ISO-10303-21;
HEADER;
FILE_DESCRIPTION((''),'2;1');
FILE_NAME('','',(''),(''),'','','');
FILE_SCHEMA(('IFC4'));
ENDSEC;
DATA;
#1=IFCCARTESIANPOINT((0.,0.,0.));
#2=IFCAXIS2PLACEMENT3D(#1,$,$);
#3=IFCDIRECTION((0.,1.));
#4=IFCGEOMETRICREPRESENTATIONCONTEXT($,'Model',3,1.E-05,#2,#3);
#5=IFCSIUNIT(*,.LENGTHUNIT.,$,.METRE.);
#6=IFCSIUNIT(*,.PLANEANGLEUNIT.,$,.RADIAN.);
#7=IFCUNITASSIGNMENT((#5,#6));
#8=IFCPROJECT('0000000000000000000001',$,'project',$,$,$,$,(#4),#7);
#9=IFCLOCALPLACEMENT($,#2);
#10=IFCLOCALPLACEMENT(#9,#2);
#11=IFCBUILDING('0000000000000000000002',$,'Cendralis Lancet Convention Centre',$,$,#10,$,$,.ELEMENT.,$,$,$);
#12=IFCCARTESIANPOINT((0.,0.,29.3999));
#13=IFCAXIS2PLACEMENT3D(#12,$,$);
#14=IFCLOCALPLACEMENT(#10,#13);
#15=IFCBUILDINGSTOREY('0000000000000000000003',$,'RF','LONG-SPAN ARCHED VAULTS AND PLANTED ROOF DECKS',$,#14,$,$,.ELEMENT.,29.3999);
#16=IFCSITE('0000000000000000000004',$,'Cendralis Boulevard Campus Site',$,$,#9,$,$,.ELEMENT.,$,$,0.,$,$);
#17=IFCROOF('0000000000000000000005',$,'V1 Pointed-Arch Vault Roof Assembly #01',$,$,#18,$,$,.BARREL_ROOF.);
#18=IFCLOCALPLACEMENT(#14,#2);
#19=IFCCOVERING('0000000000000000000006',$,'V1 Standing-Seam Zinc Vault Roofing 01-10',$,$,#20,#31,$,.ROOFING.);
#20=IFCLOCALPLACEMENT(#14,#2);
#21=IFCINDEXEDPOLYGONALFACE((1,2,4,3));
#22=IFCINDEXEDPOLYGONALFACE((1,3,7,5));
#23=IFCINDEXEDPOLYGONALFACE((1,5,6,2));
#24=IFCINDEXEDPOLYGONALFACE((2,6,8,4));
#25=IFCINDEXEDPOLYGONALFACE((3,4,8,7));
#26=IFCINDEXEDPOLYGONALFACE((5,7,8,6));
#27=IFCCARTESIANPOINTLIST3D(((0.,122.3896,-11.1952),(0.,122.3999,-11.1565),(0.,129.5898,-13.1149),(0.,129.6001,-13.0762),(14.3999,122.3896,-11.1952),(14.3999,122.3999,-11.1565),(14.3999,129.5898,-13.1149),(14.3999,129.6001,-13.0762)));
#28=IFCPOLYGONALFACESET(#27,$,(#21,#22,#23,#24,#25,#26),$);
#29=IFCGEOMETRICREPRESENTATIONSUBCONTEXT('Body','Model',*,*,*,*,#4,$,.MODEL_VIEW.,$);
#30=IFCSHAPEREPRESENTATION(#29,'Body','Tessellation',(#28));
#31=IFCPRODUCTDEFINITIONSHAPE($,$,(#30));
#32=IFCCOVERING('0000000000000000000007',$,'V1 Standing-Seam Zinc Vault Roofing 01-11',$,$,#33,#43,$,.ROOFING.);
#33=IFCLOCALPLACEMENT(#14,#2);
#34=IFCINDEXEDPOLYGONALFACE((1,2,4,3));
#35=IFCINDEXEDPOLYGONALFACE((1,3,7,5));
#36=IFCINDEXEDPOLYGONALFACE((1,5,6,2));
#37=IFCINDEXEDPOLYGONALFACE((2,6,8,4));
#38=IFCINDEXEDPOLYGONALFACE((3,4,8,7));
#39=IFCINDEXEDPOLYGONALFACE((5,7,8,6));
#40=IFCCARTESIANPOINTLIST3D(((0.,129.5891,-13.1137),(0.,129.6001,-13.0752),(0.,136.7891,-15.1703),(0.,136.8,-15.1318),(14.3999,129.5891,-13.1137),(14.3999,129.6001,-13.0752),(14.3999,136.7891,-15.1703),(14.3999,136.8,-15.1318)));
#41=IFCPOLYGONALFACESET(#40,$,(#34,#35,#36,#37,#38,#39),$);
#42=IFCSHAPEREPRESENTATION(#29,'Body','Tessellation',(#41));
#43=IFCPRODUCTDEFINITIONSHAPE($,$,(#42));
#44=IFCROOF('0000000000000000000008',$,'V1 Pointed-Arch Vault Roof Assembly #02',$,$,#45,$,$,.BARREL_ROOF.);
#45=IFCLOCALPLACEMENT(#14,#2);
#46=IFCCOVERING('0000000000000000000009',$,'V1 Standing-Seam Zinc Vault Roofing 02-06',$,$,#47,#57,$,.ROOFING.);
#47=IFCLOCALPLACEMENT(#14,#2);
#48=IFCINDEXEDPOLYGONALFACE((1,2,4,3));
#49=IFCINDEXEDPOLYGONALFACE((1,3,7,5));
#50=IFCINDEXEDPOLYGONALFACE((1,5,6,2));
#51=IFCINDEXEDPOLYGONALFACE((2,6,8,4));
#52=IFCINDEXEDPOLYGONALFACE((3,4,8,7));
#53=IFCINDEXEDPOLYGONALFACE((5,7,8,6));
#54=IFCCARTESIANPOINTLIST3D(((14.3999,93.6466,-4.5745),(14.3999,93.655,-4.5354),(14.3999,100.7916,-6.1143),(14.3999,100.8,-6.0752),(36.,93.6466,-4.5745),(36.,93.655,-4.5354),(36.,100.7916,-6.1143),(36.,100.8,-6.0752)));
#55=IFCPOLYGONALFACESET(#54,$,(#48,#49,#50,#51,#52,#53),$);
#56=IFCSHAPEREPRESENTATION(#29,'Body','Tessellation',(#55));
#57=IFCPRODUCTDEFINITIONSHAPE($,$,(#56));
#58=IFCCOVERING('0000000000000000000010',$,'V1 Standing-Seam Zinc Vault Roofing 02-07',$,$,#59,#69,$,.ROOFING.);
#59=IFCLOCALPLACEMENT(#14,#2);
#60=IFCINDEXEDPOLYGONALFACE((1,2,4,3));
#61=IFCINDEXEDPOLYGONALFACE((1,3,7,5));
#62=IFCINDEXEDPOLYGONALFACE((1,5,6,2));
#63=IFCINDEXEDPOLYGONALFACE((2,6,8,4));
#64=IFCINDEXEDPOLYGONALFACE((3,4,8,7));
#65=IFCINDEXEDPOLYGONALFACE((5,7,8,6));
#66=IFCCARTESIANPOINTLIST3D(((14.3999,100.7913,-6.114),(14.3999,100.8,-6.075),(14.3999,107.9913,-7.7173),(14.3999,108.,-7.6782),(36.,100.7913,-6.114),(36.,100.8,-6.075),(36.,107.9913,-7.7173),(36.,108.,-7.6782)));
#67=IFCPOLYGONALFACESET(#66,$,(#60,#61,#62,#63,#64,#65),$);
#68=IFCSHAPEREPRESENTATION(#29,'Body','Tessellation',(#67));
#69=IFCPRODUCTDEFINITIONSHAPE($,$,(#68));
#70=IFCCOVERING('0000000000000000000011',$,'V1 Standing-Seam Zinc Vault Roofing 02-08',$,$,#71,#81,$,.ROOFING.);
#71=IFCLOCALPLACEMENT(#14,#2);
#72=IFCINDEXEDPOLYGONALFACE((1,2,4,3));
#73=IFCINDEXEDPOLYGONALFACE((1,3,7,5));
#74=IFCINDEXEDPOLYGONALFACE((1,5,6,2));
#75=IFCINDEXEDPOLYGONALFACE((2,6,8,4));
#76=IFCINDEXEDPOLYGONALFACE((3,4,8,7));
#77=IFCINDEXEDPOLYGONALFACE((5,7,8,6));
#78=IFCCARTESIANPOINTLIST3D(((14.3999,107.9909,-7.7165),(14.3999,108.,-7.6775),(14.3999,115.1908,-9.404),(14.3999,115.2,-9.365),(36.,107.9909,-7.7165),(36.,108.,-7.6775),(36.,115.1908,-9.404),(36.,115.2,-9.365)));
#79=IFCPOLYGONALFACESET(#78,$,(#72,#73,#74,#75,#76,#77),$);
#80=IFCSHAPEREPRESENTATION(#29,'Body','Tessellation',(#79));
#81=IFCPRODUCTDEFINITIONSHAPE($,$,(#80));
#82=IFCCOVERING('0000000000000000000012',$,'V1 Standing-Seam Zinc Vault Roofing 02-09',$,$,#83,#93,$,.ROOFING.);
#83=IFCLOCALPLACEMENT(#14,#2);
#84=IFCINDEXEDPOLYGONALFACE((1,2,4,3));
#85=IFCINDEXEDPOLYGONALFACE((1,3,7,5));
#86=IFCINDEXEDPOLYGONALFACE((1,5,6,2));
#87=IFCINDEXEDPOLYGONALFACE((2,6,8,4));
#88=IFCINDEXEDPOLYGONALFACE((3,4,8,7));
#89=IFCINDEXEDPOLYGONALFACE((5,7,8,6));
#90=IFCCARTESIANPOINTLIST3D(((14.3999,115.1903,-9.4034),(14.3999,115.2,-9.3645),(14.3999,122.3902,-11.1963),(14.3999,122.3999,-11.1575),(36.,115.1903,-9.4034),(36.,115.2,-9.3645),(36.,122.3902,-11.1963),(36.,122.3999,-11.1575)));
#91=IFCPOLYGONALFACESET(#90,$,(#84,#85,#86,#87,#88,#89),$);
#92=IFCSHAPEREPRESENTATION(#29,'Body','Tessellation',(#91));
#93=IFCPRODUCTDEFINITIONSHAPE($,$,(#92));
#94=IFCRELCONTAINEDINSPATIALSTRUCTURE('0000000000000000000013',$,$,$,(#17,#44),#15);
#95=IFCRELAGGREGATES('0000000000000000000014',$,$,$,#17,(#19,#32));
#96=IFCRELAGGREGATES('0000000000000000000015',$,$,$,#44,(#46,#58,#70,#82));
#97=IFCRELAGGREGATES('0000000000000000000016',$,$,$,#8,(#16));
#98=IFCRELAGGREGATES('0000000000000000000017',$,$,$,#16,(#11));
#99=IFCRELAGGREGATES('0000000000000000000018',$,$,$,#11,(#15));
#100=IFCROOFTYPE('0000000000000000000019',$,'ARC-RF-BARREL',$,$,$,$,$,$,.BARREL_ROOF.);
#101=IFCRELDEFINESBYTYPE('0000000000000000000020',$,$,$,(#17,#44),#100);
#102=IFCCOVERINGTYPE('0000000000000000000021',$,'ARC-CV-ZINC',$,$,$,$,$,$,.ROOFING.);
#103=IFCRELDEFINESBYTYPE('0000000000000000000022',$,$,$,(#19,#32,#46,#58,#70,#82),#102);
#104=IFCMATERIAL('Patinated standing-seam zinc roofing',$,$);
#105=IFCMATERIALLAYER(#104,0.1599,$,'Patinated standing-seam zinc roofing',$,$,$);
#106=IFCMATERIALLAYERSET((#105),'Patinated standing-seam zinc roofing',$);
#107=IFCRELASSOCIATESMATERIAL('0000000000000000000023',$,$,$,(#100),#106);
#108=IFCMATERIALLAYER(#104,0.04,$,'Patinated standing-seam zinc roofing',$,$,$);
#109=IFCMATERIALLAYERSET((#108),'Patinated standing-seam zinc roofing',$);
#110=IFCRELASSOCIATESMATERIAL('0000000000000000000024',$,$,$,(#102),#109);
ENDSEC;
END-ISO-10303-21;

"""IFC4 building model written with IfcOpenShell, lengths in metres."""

from ifc_helpers import new_model, si_unit, direction, frame, origin, place, context, subcontext, project, spatial, polyline, outline, extrude, material, layer, layer_set, type_object, element, aggregate, save


model = new_model("IFC4")

# Units and contexts
model_context = context("Model", 3, precision=1e-05, world=origin(), true_north=direction((0.0, 1.0)))
body_context = subcontext(model_context, "Body", "Model", "MODEL_VIEW")
ifc_project = project(units=[si_unit("LENGTHUNIT", "METRE"), si_unit("PLANEANGLEUNIT", "RADIAN")], contexts=[model_context])

# Site, building, storey
site_placement = place(None, origin())
site = spatial("IfcSite", under=ifc_project, at=site_placement, Name="Cendralis Boulevard Campus Site", CompositionType="ELEMENT", RefElevation=0.0)
building_placement = place(site_placement, origin())
building = spatial("IfcBuilding", under=site, at=building_placement, Name="Cendralis Lancet Convention Centre", CompositionType="ELEMENT")
storey_placement = place(building_placement, frame((0.0, 0.0, 29.3999)))
storey = spatial("IfcBuildingStorey", under=building, at=storey_placement, Name="RF", Description="LONG-SPAN ARCHED VAULTS AND PLANTED ROOF DECKS", CompositionType="ELEMENT", Elevation=29.3999)

# Roofs, coverings
ifc_material_1 = material(Name="Patinated standing-seam zinc roofing")
ifc_layer_1 = layer(ifc_material_1, 0.1599, Name="Patinated standing-seam zinc roofing")
ifc_layer_set_1 = layer_set([ifc_layer_1], Name="Patinated standing-seam zinc roofing")
roof_type = type_object("IfcRoofType", Name="ARC-RF-BARREL", PredefinedType="BARREL_ROOF", material=ifc_layer_set_1)
roof_1_placement = place(storey_placement, origin())
roof_1 = element("IfcRoof", 1, at=roof_1_placement, inside=storey, type_object=roof_type, Name="V1 Pointed-Arch Vault Roof Assembly #01", PredefinedType="BARREL_ROOF")
ifc_layer_2 = layer(ifc_material_1, 0.04, Name="Patinated standing-seam zinc roofing")
ifc_layer_set_2 = layer_set([ifc_layer_2], Name="Patinated standing-seam zinc roofing")
covering_type = type_object("IfcCoveringType", Name="ARC-CV-ZINC", PredefinedType="ROOFING", material=ifc_layer_set_2)
covering_1_placement = place(storey_placement, frame((0.0, 122.3999, -11.1565), z_axis=(0.0, 0.257616, 0.966247), x_axis=(1.0, 0.0, 0.0)))
covering_1 = element("IfcCovering", 2, at=covering_1_placement, type_object=covering_type, Name="V1 Standing-Seam Zinc Vault Roofing 01-10", PredefinedType="ROOFING", context=body_context, shape_type="SweptSolid", body=[
    extrude(outline(polyline([(0.0, 0.0), (14.3999, 0.0), (14.3999, 7.4517), (0.0, 7.4517), (0.0, 0.0)])), origin(), (0.0, 0.0, -1.0), 0.04),
])
covering_2_placement = place(storey_placement, frame((0.0, 129.6001, -13.0752), z_axis=(0.0, 0.274661, 0.961541), x_axis=(1.0, 0.0, 0.0)))
covering_2 = element("IfcCovering", 3, at=covering_2_placement, type_object=covering_type, Name="V1 Standing-Seam Zinc Vault Roofing 01-11", PredefinedType="ROOFING", context=body_context, shape_type="SweptSolid", body=[
    extrude(outline(polyline([(0.0, 0.0), (14.3999, 0.0), (14.3999, 7.4879), (0.0, 7.4879), (0.0, 0.0)])), origin(), (0.0, 0.0, -1.0), 0.04),
])
aggregate(roof_1, [covering_1, covering_2])
roof_2_placement = place(storey_placement, origin())
roof_2 = element("IfcRoof", 4, at=roof_2_placement, inside=storey, type_object=roof_type, Name="V1 Pointed-Arch Vault Roof Assembly #02", PredefinedType="BARREL_ROOF")
covering_3_placement = place(storey_placement, frame((14.3999, 93.655, -4.5354), z_axis=(0.0, 0.21067, 0.977557), x_axis=(1.0, 0.0, 0.0)))
covering_3 = element("IfcCovering", 5, at=covering_3_placement, type_object=covering_type, Name="V1 Standing-Seam Zinc Vault Roofing 02-06", PredefinedType="ROOFING", context=body_context, shape_type="SweptSolid", body=[
    extrude(outline(polyline([(0.0, 0.0), (21.6001, 0.0), (21.6001, 7.3091), (0.0, 7.3091), (0.0, 0.0)])), origin(), (0.0, 0.0, -1.0), 0.04),
])
covering_4_placement = place(storey_placement, frame((14.3999, 100.8, -6.075), z_axis=(0.0, 0.217354, 0.976093), x_axis=(1.0, 0.0, 0.0)))
covering_4 = element("IfcCovering", 6, at=covering_4_placement, type_object=covering_type, Name="V1 Standing-Seam Zinc Vault Roofing 02-07", PredefinedType="ROOFING", context=body_context, shape_type="SweptSolid", body=[
    extrude(outline(polyline([(0.0, 0.0), (21.6001, 0.0), (21.6001, 7.3763), (0.0, 7.3763), (0.0, 0.0)])), origin(), (0.0, 0.0, -1.0), 0.04),
])
covering_5_placement = place(storey_placement, frame((14.3999, 108.0, -7.6775), z_axis=(0.0, 0.228193, 0.973616), x_axis=(1.0, 0.0, 0.0)))
covering_5 = element("IfcCovering", 7, at=covering_5_placement, type_object=covering_type, Name="V1 Standing-Seam Zinc Vault Roofing 02-08", PredefinedType="ROOFING", context=body_context, shape_type="SweptSolid", body=[
    extrude(outline(polyline([(0.0, 0.0), (21.6001, 0.0), (21.6001, 7.3951), (0.0, 7.3951), (0.0, 0.0)])), origin(), (0.0, 0.0, -1.0), 0.04),
])
covering_6_placement = place(storey_placement, frame((14.3999, 115.2, -9.3645), z_axis=(0.0, 0.241645, 0.970365), x_axis=(1.0, 0.0, 0.0)))
covering_6 = element("IfcCovering", 8, at=covering_6_placement, type_object=covering_type, Name="V1 Standing-Seam Zinc Vault Roofing 02-09", PredefinedType="ROOFING", context=body_context, shape_type="SweptSolid", body=[
    extrude(outline(polyline([(0.0, 0.0), (21.6001, 0.0), (21.6001, 7.4198), (0.0, 7.4198), (0.0, 0.0)])), origin(), (0.0, 0.0, -1.0), 0.04),
])
aggregate(roof_2, [covering_3, covering_4, covering_5, covering_6])

save(model, "model.ifc")
